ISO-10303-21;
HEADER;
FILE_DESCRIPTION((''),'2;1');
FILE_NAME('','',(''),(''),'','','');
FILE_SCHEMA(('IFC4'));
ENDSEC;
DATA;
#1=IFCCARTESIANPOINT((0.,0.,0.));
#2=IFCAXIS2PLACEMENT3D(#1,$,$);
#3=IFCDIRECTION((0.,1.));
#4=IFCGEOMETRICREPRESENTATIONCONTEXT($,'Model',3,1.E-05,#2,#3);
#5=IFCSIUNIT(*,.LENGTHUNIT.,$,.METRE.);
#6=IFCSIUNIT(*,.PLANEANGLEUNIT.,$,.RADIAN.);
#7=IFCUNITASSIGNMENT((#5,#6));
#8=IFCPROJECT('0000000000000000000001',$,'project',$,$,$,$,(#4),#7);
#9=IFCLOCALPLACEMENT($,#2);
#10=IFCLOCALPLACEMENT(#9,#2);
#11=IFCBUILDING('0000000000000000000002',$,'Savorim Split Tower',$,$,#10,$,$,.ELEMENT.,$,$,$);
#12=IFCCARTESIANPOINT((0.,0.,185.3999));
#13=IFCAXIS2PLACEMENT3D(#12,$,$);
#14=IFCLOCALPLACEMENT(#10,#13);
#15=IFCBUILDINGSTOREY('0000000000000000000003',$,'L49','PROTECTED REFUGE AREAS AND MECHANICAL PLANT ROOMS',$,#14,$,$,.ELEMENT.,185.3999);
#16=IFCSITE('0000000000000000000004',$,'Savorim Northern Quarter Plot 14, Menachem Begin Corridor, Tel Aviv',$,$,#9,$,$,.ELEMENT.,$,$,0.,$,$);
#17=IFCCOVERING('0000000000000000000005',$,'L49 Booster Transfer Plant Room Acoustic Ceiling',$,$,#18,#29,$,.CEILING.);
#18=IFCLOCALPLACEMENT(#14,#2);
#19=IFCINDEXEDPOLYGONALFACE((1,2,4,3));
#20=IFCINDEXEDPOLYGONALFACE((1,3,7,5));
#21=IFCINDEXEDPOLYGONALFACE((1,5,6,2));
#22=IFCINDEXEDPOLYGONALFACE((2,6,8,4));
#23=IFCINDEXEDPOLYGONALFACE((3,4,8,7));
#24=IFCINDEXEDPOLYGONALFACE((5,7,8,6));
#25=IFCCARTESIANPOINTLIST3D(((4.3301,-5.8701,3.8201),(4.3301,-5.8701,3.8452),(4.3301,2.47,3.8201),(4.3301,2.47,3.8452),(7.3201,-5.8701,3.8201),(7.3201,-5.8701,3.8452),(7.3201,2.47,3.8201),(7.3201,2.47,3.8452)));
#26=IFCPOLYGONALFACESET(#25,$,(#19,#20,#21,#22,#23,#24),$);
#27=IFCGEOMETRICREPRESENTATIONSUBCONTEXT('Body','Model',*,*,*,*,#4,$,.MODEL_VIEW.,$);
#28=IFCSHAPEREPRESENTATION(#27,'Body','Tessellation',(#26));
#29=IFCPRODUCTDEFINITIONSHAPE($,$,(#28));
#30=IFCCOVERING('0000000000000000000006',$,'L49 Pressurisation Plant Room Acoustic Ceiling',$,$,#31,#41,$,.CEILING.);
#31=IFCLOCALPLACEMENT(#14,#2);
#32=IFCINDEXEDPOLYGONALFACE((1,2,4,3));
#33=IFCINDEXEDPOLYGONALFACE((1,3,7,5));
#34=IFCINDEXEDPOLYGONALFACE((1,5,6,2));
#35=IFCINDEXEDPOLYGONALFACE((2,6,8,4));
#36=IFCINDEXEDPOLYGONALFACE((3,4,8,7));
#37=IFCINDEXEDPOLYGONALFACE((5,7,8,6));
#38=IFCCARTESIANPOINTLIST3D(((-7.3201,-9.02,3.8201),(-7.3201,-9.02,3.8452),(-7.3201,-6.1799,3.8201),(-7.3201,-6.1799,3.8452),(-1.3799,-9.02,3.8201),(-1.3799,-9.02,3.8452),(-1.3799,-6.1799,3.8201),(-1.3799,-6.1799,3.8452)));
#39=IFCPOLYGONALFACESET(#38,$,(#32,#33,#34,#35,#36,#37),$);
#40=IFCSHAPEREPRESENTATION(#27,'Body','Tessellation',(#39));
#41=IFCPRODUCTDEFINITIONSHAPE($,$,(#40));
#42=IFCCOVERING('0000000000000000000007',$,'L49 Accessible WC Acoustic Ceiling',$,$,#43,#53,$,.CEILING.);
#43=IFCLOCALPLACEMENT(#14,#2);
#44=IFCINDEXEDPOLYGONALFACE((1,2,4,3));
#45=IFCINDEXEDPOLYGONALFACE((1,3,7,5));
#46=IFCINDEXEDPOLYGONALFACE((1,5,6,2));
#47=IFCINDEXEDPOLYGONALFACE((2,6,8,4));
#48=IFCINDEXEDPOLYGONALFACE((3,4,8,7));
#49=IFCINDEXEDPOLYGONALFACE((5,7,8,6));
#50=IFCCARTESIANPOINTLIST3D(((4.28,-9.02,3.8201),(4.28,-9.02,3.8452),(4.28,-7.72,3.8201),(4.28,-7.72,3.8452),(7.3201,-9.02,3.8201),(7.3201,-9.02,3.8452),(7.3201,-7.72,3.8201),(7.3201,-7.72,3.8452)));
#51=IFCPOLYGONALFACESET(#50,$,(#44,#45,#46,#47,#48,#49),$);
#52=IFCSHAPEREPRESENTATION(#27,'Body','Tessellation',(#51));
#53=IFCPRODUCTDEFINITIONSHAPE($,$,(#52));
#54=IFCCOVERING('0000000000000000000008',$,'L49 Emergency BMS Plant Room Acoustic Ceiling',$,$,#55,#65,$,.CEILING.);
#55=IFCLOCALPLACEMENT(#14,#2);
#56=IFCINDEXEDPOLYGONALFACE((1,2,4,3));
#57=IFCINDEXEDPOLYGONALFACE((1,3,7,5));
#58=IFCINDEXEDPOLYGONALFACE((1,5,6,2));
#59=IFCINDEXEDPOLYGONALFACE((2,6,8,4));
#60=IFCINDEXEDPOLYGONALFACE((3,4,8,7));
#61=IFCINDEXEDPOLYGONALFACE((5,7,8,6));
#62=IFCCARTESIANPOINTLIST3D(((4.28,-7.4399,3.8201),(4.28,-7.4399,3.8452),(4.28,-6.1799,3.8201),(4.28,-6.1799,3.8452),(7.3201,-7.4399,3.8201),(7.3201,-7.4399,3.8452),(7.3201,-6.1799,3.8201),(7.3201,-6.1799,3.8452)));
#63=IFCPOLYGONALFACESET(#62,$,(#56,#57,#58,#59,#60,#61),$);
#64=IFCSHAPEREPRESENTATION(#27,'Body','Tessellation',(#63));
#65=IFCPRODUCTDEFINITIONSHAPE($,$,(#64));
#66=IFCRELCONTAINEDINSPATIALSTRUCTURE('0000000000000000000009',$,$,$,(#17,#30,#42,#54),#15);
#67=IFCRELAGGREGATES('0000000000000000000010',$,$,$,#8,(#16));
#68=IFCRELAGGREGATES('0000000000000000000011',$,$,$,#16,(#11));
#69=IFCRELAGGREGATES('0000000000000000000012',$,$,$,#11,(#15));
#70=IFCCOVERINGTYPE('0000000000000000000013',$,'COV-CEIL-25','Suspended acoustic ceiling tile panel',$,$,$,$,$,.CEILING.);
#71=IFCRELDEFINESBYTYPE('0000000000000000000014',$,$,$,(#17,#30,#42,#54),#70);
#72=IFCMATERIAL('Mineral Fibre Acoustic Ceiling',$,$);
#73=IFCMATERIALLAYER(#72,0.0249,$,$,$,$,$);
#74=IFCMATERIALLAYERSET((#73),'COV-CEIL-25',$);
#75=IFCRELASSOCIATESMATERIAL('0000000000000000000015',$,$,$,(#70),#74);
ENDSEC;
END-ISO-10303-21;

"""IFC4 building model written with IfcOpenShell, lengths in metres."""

from ifc_helpers import new_model, si_unit, direction, frame, origin, place, context, subcontext, project, spatial, polyline, outline, extrude, material, layer, layer_set, type_object, element, save


model = new_model("IFC4")

# Units and contexts
model_context = context("Model", 3, precision=1e-05, world=origin(), true_north=direction((0.0, 1.0)))
body_context = subcontext(model_context, "Body", "Model", "MODEL_VIEW")
ifc_project = project(units=[si_unit("LENGTHUNIT", "METRE"), si_unit("PLANEANGLEUNIT", "RADIAN")], contexts=[model_context])

# Site, building, storey
site_placement = place(None, origin())
site = spatial("IfcSite", under=ifc_project, at=site_placement, Name="Savorim Northern Quarter Plot 14, Menachem Begin Corridor, Tel Aviv", CompositionType="ELEMENT", RefElevation=0.0)
building_placement = place(site_placement, origin())
building = spatial("IfcBuilding", under=site, at=building_placement, Name="Savorim Split Tower", CompositionType="ELEMENT")
storey_placement = place(building_placement, frame((0.0, 0.0, 185.3999)))
storey = spatial("IfcBuildingStorey", under=building, at=storey_placement, Name="L49", Description="PROTECTED REFUGE AREAS AND MECHANICAL PLANT ROOMS", CompositionType="ELEMENT", Elevation=185.3999)

# Coverings
ifc_material_1 = material(Name="Mineral Fibre Acoustic Ceiling")
ifc_layer_1 = layer(ifc_material_1, 0.0249)
ifc_layer_set_1 = layer_set([ifc_layer_1], Name="COV-CEIL-25")
covering_type_1 = type_object("IfcCoveringType", Name="COV-CEIL-25", Description="Suspended acoustic ceiling tile panel", PredefinedType="CEILING", material=ifc_layer_set_1)
covering_1_placement = place(storey_placement, frame((0.0, 0.0, 3.8201)))
element("IfcCovering", 1, at=covering_1_placement, inside=storey, type_object=covering_type_1, Name="L49 Booster Transfer Plant Room Acoustic Ceiling", PredefinedType="CEILING", context=body_context, shape_type="SweptSolid", body=[
    extrude(outline(polyline([(4.3301, 2.47), (4.3301, -5.8701), (7.3201, -5.8701), (7.3201, 2.47), (4.3301, 2.47)])), origin(), (0.0, 0.0, 1.0), 0.0251),
])
covering_2_placement = place(storey_placement, frame((0.0, 0.0, 3.8201)))
element("IfcCovering", 2, at=covering_2_placement, inside=storey, type_object=covering_type_1, Name="L49 Pressurisation Plant Room Acoustic Ceiling", PredefinedType="CEILING", context=body_context, shape_type="SweptSolid", body=[
    extrude(outline(polyline([(-7.3201, -6.1799), (-7.3201, -9.02), (-1.3799, -9.02), (-1.3799, -6.1799), (-7.3201, -6.1799)])), origin(), (0.0, 0.0, 1.0), 0.0251),
])
covering_3_placement = place(storey_placement, frame((0.0, 0.0, 3.8201)))
element("IfcCovering", 3, at=covering_3_placement, inside=storey, type_object=covering_type_1, Name="L49 Accessible WC Acoustic Ceiling", PredefinedType="CEILING", context=body_context, shape_type="SweptSolid", body=[
    extrude(outline(polyline([(4.28, -7.72), (4.28, -9.02), (7.3201, -9.02), (7.3201, -7.72), (4.28, -7.72)])), origin(), (0.0, 0.0, 1.0), 0.0251),
])
covering_4_placement = place(storey_placement, frame((0.0, 0.0, 3.8201)))
element("IfcCovering", 4, at=covering_4_placement, inside=storey, type_object=covering_type_1, Name="L49 Emergency BMS Plant Room Acoustic Ceiling", PredefinedType="CEILING", context=body_context, shape_type="SweptSolid", body=[
    extrude(outline(polyline([(4.28, -6.1799), (4.28, -7.4399), (7.3201, -7.4399), (7.3201, -6.1799), (4.28, -6.1799)])), origin(), (0.0, 0.0, 1.0), 0.0251),
])

save(model, "model.ifc")
